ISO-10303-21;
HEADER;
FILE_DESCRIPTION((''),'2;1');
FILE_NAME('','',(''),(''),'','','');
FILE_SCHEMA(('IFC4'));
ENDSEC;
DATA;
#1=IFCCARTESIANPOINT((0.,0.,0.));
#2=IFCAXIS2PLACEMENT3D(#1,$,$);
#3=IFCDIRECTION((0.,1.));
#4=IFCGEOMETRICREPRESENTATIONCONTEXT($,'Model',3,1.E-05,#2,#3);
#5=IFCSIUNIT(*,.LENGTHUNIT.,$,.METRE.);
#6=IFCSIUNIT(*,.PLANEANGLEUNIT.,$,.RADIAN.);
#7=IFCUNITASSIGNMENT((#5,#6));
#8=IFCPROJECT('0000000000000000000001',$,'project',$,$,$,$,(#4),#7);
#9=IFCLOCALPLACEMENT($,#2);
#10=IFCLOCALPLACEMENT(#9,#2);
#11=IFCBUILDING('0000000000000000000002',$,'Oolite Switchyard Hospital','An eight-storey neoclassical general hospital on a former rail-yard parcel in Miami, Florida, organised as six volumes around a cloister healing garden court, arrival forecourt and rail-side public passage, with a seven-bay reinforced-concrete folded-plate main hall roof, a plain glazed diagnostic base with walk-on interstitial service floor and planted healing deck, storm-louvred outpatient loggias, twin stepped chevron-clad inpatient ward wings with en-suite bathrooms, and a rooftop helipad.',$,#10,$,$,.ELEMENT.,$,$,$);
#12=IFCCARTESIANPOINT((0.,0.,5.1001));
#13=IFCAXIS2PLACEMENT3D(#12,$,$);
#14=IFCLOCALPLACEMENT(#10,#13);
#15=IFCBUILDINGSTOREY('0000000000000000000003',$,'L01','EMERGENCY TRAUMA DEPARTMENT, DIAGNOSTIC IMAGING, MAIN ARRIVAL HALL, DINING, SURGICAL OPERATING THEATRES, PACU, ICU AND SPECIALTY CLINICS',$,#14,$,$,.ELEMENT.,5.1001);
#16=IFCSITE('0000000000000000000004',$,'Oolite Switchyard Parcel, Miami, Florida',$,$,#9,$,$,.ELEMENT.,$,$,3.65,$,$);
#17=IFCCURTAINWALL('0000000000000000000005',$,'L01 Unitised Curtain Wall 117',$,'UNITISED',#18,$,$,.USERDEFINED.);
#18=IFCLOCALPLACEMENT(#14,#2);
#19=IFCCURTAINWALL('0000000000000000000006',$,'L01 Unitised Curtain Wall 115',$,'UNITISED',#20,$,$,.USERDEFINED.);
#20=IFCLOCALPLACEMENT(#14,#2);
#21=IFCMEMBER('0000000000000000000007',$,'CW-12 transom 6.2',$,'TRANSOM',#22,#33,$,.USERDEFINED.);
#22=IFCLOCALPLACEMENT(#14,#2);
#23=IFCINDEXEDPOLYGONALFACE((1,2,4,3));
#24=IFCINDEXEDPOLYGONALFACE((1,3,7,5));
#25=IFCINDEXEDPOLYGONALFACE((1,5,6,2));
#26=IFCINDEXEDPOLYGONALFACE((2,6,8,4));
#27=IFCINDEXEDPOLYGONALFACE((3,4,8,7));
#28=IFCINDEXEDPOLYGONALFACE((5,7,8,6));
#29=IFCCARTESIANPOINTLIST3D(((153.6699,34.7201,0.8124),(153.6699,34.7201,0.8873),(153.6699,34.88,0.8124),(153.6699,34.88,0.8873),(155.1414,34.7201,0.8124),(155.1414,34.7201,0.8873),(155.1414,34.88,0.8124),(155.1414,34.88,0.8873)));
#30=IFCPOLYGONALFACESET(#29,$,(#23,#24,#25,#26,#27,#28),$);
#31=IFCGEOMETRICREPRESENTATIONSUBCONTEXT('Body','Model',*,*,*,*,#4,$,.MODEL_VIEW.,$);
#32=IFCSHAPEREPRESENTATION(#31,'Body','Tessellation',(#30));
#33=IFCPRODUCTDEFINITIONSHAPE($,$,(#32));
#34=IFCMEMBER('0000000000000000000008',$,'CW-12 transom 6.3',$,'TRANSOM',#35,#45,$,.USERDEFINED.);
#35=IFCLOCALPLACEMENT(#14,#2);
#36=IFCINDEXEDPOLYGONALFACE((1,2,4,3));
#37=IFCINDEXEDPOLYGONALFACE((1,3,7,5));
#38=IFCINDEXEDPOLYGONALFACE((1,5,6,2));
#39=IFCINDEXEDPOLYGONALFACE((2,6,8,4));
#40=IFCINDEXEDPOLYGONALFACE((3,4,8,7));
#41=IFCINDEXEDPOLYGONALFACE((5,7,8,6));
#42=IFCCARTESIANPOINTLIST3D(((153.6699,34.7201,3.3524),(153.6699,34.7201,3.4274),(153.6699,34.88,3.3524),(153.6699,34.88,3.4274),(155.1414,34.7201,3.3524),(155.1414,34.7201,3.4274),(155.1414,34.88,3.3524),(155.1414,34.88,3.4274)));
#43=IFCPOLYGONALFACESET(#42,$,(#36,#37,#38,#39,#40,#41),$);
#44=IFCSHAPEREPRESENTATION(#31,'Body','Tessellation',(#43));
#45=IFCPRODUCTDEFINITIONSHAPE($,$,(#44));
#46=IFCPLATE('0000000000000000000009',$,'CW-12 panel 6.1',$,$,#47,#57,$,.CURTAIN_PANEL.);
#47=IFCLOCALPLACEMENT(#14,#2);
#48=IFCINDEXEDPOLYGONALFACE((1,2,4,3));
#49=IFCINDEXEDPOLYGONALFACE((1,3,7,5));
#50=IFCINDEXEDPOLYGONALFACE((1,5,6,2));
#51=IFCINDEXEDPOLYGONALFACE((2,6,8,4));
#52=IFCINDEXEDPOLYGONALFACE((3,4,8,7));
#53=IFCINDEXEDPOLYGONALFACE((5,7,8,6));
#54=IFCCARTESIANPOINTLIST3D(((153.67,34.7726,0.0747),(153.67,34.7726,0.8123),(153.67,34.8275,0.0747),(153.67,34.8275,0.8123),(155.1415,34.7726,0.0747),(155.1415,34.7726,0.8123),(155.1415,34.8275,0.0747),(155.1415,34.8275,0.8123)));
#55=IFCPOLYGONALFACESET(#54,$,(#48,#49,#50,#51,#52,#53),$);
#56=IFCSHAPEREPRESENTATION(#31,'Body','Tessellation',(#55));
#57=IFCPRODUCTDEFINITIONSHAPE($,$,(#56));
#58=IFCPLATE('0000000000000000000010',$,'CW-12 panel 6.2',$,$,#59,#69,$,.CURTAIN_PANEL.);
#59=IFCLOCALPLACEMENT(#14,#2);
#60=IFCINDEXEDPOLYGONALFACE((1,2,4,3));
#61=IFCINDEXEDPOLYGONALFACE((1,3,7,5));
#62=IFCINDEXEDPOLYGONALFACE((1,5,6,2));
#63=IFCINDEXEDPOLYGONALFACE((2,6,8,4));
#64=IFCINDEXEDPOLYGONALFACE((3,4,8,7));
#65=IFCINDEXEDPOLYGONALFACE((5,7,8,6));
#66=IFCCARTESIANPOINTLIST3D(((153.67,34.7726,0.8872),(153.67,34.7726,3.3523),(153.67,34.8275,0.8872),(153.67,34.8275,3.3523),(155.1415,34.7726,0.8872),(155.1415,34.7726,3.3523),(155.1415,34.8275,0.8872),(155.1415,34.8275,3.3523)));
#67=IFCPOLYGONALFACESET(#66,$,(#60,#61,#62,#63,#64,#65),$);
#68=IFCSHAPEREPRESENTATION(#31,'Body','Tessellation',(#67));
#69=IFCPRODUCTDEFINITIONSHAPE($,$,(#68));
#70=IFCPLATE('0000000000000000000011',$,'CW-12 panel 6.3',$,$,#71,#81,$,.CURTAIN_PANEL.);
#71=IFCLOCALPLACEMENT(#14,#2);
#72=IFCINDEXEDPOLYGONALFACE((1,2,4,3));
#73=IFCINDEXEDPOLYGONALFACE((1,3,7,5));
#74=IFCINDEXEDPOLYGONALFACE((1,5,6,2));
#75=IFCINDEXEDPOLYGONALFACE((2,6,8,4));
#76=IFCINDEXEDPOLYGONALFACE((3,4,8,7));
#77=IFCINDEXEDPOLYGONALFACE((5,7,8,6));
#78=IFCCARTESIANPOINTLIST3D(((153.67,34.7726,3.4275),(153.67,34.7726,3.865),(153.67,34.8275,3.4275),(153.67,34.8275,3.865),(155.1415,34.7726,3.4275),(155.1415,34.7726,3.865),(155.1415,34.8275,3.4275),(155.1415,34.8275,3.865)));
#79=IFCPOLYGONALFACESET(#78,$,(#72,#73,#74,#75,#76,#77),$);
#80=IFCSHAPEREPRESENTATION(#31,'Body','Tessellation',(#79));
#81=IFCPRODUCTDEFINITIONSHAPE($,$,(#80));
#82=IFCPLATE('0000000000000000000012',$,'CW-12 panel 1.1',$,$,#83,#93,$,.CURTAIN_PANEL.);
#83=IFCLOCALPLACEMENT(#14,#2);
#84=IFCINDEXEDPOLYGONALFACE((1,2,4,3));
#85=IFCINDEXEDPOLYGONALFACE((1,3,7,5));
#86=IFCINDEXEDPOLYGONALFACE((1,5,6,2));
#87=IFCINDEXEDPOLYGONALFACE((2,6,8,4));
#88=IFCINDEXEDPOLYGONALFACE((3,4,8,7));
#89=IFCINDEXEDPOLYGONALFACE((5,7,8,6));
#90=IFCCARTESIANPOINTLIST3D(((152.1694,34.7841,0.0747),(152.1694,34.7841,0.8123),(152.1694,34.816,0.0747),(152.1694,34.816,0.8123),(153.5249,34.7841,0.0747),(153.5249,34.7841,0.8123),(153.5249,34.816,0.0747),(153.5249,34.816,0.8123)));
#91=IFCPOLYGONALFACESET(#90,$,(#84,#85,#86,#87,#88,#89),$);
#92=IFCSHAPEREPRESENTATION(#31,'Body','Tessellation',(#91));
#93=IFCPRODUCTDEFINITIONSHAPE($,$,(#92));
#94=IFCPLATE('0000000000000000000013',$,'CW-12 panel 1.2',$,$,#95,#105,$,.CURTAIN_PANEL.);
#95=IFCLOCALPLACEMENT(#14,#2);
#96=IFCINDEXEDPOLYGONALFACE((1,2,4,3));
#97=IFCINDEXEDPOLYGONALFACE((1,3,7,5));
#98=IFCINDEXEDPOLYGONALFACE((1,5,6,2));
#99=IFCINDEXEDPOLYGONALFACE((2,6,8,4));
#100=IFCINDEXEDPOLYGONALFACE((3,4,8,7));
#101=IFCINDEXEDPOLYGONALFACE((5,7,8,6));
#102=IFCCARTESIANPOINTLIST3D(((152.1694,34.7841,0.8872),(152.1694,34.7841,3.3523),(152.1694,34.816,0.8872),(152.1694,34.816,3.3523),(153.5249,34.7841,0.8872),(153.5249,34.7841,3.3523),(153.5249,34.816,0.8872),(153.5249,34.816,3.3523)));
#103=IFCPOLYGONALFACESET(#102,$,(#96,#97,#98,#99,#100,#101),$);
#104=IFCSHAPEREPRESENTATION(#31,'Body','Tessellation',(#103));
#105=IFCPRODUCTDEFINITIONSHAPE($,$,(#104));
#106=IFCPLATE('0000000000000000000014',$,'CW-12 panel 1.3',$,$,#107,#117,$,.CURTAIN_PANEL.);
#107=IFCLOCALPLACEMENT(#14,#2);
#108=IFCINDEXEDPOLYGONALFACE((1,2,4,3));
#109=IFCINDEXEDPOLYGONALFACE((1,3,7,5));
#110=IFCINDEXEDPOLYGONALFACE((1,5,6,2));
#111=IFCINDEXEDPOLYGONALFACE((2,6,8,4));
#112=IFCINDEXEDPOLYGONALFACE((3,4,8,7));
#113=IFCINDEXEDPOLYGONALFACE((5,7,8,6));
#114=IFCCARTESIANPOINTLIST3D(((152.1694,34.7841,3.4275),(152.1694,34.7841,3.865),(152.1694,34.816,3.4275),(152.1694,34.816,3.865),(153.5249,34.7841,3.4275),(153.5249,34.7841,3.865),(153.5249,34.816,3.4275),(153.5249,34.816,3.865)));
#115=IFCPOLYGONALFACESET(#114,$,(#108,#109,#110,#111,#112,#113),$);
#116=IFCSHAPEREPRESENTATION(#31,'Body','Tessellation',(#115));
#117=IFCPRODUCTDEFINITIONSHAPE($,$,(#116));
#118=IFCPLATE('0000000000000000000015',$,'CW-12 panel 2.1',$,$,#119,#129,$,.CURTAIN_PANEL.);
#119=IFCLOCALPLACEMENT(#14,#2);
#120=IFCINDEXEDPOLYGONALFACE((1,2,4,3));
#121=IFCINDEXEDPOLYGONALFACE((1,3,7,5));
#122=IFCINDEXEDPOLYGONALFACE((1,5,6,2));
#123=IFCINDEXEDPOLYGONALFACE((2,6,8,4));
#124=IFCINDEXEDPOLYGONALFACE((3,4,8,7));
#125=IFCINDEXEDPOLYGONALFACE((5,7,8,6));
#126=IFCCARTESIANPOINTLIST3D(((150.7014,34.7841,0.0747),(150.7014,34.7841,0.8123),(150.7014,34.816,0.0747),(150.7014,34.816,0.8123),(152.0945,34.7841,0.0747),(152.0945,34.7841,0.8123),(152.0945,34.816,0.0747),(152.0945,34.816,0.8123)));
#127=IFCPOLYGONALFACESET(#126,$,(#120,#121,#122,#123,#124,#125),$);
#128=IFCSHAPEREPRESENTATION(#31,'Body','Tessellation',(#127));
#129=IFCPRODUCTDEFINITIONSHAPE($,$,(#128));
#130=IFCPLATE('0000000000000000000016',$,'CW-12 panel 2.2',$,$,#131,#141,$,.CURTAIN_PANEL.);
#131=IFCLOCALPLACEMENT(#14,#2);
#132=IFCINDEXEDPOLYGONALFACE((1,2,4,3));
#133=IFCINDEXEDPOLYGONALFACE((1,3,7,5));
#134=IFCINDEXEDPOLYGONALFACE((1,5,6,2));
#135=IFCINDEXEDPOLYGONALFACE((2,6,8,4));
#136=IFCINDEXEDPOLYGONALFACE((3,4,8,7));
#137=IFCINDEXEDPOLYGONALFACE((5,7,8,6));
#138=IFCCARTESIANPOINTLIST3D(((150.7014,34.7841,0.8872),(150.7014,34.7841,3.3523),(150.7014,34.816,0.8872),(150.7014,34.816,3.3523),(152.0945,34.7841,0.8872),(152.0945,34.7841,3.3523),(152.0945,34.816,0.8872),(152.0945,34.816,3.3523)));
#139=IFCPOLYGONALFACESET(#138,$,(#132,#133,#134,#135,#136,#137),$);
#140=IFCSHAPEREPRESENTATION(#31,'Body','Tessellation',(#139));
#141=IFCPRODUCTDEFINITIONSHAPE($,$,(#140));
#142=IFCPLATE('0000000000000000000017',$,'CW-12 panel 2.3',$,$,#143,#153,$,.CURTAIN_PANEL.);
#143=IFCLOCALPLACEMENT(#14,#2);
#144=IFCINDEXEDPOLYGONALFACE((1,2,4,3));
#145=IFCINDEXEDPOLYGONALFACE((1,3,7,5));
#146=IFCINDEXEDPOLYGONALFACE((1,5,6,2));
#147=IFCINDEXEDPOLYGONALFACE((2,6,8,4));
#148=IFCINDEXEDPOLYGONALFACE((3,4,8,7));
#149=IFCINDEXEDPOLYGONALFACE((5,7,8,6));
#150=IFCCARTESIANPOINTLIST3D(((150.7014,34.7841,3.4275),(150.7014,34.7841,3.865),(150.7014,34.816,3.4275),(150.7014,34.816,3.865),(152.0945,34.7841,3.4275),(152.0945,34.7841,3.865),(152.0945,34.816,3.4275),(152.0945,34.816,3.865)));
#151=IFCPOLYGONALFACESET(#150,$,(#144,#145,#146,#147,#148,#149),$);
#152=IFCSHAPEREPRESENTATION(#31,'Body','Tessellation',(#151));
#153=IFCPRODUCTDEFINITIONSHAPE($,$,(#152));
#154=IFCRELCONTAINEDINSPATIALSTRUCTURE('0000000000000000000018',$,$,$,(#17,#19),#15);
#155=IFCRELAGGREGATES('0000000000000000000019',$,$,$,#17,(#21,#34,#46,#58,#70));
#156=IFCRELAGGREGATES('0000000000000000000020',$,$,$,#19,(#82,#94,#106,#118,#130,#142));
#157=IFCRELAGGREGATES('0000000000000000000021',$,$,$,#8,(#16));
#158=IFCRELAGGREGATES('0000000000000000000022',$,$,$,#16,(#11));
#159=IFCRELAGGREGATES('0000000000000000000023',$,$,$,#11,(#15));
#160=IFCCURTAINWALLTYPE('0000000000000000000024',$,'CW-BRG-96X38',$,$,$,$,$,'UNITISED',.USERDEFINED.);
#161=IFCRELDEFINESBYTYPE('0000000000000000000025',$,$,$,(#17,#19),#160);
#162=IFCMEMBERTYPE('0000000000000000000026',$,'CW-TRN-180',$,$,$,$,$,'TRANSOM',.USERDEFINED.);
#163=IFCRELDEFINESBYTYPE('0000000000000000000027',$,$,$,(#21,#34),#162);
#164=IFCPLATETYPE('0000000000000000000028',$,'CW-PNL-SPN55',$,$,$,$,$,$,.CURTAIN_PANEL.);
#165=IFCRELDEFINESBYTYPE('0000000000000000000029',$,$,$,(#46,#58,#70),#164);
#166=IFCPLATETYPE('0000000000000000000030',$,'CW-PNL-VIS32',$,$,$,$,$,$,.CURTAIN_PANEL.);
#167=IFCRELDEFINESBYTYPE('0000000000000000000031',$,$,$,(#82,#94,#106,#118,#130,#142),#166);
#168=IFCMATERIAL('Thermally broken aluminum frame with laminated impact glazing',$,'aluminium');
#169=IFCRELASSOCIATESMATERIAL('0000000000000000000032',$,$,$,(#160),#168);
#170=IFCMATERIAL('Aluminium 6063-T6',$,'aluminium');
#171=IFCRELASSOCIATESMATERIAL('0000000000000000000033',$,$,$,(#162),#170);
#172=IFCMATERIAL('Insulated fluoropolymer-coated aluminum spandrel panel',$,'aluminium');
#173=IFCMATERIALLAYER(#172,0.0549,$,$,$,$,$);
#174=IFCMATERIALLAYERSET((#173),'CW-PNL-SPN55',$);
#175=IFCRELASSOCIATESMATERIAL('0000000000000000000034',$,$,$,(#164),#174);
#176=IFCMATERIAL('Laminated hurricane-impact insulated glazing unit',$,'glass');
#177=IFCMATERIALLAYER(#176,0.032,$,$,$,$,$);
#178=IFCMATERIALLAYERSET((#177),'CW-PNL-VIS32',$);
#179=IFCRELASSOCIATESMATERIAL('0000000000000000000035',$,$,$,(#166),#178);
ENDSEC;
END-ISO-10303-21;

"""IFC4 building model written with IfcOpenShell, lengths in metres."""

from ifc_helpers import new_model, si_unit, direction, frame, origin, origin_2d, place, context, subcontext, project, spatial, rectangle, extrude, material, layer, layer_set, material_profile, profile_set, type_object, element, aggregate, save


model = new_model("IFC4")

# Units and contexts
model_context = context("Model", 3, precision=1e-05, world=origin(), true_north=direction((0.0, 1.0)))
body_context = subcontext(model_context, "Body", "Model", "MODEL_VIEW")
ifc_project = project(units=[si_unit("LENGTHUNIT", "METRE"), si_unit("PLANEANGLEUNIT", "RADIAN")], contexts=[model_context])

# Site, building, storey
site_placement = place(None, origin())
site = spatial("IfcSite", under=ifc_project, at=site_placement, Name="Oolite Switchyard Parcel, Miami, Florida", CompositionType="ELEMENT", RefElevation=3.65)
building_placement = place(site_placement, origin())
building = spatial("IfcBuilding", under=site, at=building_placement, Name="Oolite Switchyard Hospital", Description="An eight-storey neoclassical general hospital on a former rail-yard parcel in Miami, Florida, organised as six volumes around a cloister healing garden court, arrival forecourt and rail-side public passage, with a seven-bay reinforced-concrete folded-plate main hall roof, a plain glazed diagnostic base with walk-on interstitial service floor and planted healing deck, storm-louvred outpatient loggias, twin stepped chevron-clad inpatient ward wings with en-suite bathrooms, and a rooftop helipad.", CompositionType="ELEMENT")
storey_placement = place(building_placement, frame((0.0, 0.0, 5.1001)))
storey = spatial("IfcBuildingStorey", under=building, at=storey_placement, Name="L01", Description="EMERGENCY TRAUMA DEPARTMENT, DIAGNOSTIC IMAGING, MAIN ARRIVAL HALL, DINING, SURGICAL OPERATING THEATRES, PACU, ICU AND SPECIALTY CLINICS", CompositionType="ELEMENT", Elevation=5.1001)

# Curtain wall
ifc_material_1 = material(Name="Thermally broken aluminum frame with laminated impact glazing", Category="aluminium")
curtain_wall_type = type_object("IfcCurtainWallType", Name="CW-BRG-96X38", ElementType="UNITISED", PredefinedType="USERDEFINED", material=ifc_material_1)
curtain_wall_1_placement = place(storey_placement, origin())
curtain_wall_1 = element("IfcCurtainWall", 1, at=curtain_wall_1_placement, inside=storey, type_object=curtain_wall_type, Name="L01 Unitised Curtain Wall 117", ObjectType="UNITISED", PredefinedType="USERDEFINED")
ifc_material_2 = material(Name="Aluminium 6063-T6", Category="aluminium")

# Curtain wall
curtain_wall_2_placement = place(storey_placement, origin())
curtain_wall_2 = element("IfcCurtainWall", 2, at=curtain_wall_2_placement, inside=storey, type_object=curtain_wall_type, Name="L01 Unitised Curtain Wall 115", ObjectType="UNITISED", PredefinedType="USERDEFINED")
ifc_material_profile_1 = material_profile(ifc_material_2, rectangle(XDim=0.1599, YDim=0.075, at=origin_2d()), Name="CWT75X160")
ifc_profile_set_1 = profile_set([ifc_material_profile_1], Name="Aluminium 6063-T6")
member_type_1 = type_object("IfcMemberType", Name="CW-TRN-180", ElementType="TRANSOM", PredefinedType="USERDEFINED", material=ifc_profile_set_1)

# Members
member_1_placement = place(storey_placement, frame((155.1414, 34.8, 0.8499), z_axis=(-1.0, 0.0, 0.0), x_axis=(0.0, -1.0, 0.0)))
member_1 = element("IfcMember", 3, at=member_1_placement, type_object=member_type_1, Name="CW-12 transom 6.2", ObjectType="TRANSOM", PredefinedType="USERDEFINED", context=body_context, shape_type="SweptSolid", body=[
    extrude(rectangle(XDim=0.1599, YDim=0.075, at=origin_2d()), origin(), (0.0, 0.0, 1.0), 1.4714),
])
member_2_placement = place(storey_placement, frame((155.1414, 34.8, 3.3899), z_axis=(-1.0, 0.0, 0.0), x_axis=(0.0, -1.0, 0.0)))
member_2 = element("IfcMember", 4, at=member_2_placement, type_object=member_type_1, Name="CW-12 transom 6.3", ObjectType="TRANSOM", PredefinedType="USERDEFINED", context=body_context, shape_type="SweptSolid", body=[
    extrude(rectangle(XDim=0.1599, YDim=0.075, at=origin_2d()), origin(), (0.0, 0.0, 1.0), 1.4714),
])

# Plates
ifc_material_3 = material(Name="Insulated fluoropolymer-coated aluminum spandrel panel", Category="aluminium")
ifc_layer_1 = layer(ifc_material_3, 0.0549)
ifc_layer_set_1 = layer_set([ifc_layer_1], Name="CW-PNL-SPN55")
plate_type_1 = type_object("IfcPlateType", Name="CW-PNL-SPN55", PredefinedType="CURTAIN_PANEL", material=ifc_layer_set_1)
plate_1_placement = place(storey_placement, frame((154.4058, 34.8, 0.0747), z_axis=(0.0, 0.0, 1.0), x_axis=(-1.0, 0.0, 0.0)))
plate_1 = element("IfcPlate", 5, at=plate_1_placement, type_object=plate_type_1, Name="CW-12 panel 6.1", PredefinedType="CURTAIN_PANEL", context=body_context, shape_type="SweptSolid", body=[
    extrude(rectangle(XDim=1.4714, YDim=0.0549, at=origin_2d()), origin(), (0.0, 0.0, 1.0), 0.7375),
])
plate_2_placement = place(storey_placement, frame((154.4058, 34.8, 0.8872), z_axis=(0.0, 0.0, 1.0), x_axis=(-1.0, 0.0, 0.0)))
plate_2 = element("IfcPlate", 6, at=plate_2_placement, type_object=plate_type_1, Name="CW-12 panel 6.2", PredefinedType="CURTAIN_PANEL", context=body_context, shape_type="SweptSolid", body=[
    extrude(rectangle(XDim=1.4714, YDim=0.0549, at=origin_2d()), origin(), (0.0, 0.0, 1.0), 2.4651),
])
plate_3_placement = place(storey_placement, frame((154.4058, 34.8, 3.4275), z_axis=(0.0, 0.0, 1.0), x_axis=(-1.0, 0.0, 0.0)))
plate_3 = element("IfcPlate", 7, at=plate_3_placement, type_object=plate_type_1, Name="CW-12 panel 6.3", PredefinedType="CURTAIN_PANEL", context=body_context, shape_type="SweptSolid", body=[
    extrude(rectangle(XDim=1.4714, YDim=0.0549, at=origin_2d()), origin(), (0.0, 0.0, 1.0), 0.4375),
])
aggregate(curtain_wall_1, [member_1, member_2, plate_1, plate_2, plate_3])
ifc_material_4 = material(Name="Laminated hurricane-impact insulated glazing unit", Category="glass")
ifc_layer_2 = layer(ifc_material_4, 0.032)
ifc_layer_set_2 = layer_set([ifc_layer_2], Name="CW-PNL-VIS32")
plate_type_2 = type_object("IfcPlateType", Name="CW-PNL-VIS32", PredefinedType="CURTAIN_PANEL", material=ifc_layer_set_2)
plate_4_placement = place(storey_placement, frame((152.8472, 34.8, 0.0747), z_axis=(0.0, 0.0, 1.0), x_axis=(-1.0, 0.0, 0.0)))
plate_4 = element("IfcPlate", 8, at=plate_4_placement, type_object=plate_type_2, Name="CW-12 panel 1.1", PredefinedType="CURTAIN_PANEL", context=body_context, shape_type="SweptSolid", body=[
    extrude(rectangle(XDim=1.3555, YDim=0.032, at=origin_2d()), origin(), (0.0, 0.0, 1.0), 0.7375),
])
plate_5_placement = place(storey_placement, frame((152.8472, 34.8, 0.8872), z_axis=(0.0, 0.0, 1.0), x_axis=(-1.0, 0.0, 0.0)))
plate_5 = element("IfcPlate", 9, at=plate_5_placement, type_object=plate_type_2, Name="CW-12 panel 1.2", PredefinedType="CURTAIN_PANEL", context=body_context, shape_type="SweptSolid", body=[
    extrude(rectangle(XDim=1.3555, YDim=0.032, at=origin_2d()), origin(), (0.0, 0.0, 1.0), 2.4651),
])
plate_6_placement = place(storey_placement, frame((152.8472, 34.8, 3.4275), z_axis=(0.0, 0.0, 1.0), x_axis=(-1.0, 0.0, 0.0)))
plate_6 = element("IfcPlate", 10, at=plate_6_placement, type_object=plate_type_2, Name="CW-12 panel 1.3", PredefinedType="CURTAIN_PANEL", context=body_context, shape_type="SweptSolid", body=[
    extrude(rectangle(XDim=1.3555, YDim=0.032, at=origin_2d()), origin(), (0.0, 0.0, 1.0), 0.4375),
])
plate_7_placement = place(storey_placement, frame((151.3979, 34.8, 0.0747), z_axis=(0.0, 0.0, 1.0), x_axis=(-1.0, 0.0, 0.0)))
plate_7 = element("IfcPlate", 11, at=plate_7_placement, type_object=plate_type_2, Name="CW-12 panel 2.1", PredefinedType="CURTAIN_PANEL", context=body_context, shape_type="SweptSolid", body=[
    extrude(rectangle(XDim=1.3931, YDim=0.032, at=origin_2d()), origin(), (0.0, 0.0, 1.0), 0.7375),
])
plate_8_placement = place(storey_placement, frame((151.3979, 34.8, 0.8872), z_axis=(0.0, 0.0, 1.0), x_axis=(-1.0, 0.0, 0.0)))
plate_8 = element("IfcPlate", 12, at=plate_8_placement, type_object=plate_type_2, Name="CW-12 panel 2.2", PredefinedType="CURTAIN_PANEL", context=body_context, shape_type="SweptSolid", body=[
    extrude(rectangle(XDim=1.3931, YDim=0.032, at=origin_2d()), origin(), (0.0, 0.0, 1.0), 2.4651),
])
plate_9_placement = place(storey_placement, frame((151.3979, 34.8, 3.4275), z_axis=(0.0, 0.0, 1.0), x_axis=(-1.0, 0.0, 0.0)))
plate_9 = element("IfcPlate", 13, at=plate_9_placement, type_object=plate_type_2, Name="CW-12 panel 2.3", PredefinedType="CURTAIN_PANEL", context=body_context, shape_type="SweptSolid", body=[
    extrude(rectangle(XDim=1.3931, YDim=0.032, at=origin_2d()), origin(), (0.0, 0.0, 1.0), 0.4375),
])
aggregate(curtain_wall_2, [plate_4, plate_5, plate_6, plate_7, plate_8, plate_9])

save(model, "model.ifc")
